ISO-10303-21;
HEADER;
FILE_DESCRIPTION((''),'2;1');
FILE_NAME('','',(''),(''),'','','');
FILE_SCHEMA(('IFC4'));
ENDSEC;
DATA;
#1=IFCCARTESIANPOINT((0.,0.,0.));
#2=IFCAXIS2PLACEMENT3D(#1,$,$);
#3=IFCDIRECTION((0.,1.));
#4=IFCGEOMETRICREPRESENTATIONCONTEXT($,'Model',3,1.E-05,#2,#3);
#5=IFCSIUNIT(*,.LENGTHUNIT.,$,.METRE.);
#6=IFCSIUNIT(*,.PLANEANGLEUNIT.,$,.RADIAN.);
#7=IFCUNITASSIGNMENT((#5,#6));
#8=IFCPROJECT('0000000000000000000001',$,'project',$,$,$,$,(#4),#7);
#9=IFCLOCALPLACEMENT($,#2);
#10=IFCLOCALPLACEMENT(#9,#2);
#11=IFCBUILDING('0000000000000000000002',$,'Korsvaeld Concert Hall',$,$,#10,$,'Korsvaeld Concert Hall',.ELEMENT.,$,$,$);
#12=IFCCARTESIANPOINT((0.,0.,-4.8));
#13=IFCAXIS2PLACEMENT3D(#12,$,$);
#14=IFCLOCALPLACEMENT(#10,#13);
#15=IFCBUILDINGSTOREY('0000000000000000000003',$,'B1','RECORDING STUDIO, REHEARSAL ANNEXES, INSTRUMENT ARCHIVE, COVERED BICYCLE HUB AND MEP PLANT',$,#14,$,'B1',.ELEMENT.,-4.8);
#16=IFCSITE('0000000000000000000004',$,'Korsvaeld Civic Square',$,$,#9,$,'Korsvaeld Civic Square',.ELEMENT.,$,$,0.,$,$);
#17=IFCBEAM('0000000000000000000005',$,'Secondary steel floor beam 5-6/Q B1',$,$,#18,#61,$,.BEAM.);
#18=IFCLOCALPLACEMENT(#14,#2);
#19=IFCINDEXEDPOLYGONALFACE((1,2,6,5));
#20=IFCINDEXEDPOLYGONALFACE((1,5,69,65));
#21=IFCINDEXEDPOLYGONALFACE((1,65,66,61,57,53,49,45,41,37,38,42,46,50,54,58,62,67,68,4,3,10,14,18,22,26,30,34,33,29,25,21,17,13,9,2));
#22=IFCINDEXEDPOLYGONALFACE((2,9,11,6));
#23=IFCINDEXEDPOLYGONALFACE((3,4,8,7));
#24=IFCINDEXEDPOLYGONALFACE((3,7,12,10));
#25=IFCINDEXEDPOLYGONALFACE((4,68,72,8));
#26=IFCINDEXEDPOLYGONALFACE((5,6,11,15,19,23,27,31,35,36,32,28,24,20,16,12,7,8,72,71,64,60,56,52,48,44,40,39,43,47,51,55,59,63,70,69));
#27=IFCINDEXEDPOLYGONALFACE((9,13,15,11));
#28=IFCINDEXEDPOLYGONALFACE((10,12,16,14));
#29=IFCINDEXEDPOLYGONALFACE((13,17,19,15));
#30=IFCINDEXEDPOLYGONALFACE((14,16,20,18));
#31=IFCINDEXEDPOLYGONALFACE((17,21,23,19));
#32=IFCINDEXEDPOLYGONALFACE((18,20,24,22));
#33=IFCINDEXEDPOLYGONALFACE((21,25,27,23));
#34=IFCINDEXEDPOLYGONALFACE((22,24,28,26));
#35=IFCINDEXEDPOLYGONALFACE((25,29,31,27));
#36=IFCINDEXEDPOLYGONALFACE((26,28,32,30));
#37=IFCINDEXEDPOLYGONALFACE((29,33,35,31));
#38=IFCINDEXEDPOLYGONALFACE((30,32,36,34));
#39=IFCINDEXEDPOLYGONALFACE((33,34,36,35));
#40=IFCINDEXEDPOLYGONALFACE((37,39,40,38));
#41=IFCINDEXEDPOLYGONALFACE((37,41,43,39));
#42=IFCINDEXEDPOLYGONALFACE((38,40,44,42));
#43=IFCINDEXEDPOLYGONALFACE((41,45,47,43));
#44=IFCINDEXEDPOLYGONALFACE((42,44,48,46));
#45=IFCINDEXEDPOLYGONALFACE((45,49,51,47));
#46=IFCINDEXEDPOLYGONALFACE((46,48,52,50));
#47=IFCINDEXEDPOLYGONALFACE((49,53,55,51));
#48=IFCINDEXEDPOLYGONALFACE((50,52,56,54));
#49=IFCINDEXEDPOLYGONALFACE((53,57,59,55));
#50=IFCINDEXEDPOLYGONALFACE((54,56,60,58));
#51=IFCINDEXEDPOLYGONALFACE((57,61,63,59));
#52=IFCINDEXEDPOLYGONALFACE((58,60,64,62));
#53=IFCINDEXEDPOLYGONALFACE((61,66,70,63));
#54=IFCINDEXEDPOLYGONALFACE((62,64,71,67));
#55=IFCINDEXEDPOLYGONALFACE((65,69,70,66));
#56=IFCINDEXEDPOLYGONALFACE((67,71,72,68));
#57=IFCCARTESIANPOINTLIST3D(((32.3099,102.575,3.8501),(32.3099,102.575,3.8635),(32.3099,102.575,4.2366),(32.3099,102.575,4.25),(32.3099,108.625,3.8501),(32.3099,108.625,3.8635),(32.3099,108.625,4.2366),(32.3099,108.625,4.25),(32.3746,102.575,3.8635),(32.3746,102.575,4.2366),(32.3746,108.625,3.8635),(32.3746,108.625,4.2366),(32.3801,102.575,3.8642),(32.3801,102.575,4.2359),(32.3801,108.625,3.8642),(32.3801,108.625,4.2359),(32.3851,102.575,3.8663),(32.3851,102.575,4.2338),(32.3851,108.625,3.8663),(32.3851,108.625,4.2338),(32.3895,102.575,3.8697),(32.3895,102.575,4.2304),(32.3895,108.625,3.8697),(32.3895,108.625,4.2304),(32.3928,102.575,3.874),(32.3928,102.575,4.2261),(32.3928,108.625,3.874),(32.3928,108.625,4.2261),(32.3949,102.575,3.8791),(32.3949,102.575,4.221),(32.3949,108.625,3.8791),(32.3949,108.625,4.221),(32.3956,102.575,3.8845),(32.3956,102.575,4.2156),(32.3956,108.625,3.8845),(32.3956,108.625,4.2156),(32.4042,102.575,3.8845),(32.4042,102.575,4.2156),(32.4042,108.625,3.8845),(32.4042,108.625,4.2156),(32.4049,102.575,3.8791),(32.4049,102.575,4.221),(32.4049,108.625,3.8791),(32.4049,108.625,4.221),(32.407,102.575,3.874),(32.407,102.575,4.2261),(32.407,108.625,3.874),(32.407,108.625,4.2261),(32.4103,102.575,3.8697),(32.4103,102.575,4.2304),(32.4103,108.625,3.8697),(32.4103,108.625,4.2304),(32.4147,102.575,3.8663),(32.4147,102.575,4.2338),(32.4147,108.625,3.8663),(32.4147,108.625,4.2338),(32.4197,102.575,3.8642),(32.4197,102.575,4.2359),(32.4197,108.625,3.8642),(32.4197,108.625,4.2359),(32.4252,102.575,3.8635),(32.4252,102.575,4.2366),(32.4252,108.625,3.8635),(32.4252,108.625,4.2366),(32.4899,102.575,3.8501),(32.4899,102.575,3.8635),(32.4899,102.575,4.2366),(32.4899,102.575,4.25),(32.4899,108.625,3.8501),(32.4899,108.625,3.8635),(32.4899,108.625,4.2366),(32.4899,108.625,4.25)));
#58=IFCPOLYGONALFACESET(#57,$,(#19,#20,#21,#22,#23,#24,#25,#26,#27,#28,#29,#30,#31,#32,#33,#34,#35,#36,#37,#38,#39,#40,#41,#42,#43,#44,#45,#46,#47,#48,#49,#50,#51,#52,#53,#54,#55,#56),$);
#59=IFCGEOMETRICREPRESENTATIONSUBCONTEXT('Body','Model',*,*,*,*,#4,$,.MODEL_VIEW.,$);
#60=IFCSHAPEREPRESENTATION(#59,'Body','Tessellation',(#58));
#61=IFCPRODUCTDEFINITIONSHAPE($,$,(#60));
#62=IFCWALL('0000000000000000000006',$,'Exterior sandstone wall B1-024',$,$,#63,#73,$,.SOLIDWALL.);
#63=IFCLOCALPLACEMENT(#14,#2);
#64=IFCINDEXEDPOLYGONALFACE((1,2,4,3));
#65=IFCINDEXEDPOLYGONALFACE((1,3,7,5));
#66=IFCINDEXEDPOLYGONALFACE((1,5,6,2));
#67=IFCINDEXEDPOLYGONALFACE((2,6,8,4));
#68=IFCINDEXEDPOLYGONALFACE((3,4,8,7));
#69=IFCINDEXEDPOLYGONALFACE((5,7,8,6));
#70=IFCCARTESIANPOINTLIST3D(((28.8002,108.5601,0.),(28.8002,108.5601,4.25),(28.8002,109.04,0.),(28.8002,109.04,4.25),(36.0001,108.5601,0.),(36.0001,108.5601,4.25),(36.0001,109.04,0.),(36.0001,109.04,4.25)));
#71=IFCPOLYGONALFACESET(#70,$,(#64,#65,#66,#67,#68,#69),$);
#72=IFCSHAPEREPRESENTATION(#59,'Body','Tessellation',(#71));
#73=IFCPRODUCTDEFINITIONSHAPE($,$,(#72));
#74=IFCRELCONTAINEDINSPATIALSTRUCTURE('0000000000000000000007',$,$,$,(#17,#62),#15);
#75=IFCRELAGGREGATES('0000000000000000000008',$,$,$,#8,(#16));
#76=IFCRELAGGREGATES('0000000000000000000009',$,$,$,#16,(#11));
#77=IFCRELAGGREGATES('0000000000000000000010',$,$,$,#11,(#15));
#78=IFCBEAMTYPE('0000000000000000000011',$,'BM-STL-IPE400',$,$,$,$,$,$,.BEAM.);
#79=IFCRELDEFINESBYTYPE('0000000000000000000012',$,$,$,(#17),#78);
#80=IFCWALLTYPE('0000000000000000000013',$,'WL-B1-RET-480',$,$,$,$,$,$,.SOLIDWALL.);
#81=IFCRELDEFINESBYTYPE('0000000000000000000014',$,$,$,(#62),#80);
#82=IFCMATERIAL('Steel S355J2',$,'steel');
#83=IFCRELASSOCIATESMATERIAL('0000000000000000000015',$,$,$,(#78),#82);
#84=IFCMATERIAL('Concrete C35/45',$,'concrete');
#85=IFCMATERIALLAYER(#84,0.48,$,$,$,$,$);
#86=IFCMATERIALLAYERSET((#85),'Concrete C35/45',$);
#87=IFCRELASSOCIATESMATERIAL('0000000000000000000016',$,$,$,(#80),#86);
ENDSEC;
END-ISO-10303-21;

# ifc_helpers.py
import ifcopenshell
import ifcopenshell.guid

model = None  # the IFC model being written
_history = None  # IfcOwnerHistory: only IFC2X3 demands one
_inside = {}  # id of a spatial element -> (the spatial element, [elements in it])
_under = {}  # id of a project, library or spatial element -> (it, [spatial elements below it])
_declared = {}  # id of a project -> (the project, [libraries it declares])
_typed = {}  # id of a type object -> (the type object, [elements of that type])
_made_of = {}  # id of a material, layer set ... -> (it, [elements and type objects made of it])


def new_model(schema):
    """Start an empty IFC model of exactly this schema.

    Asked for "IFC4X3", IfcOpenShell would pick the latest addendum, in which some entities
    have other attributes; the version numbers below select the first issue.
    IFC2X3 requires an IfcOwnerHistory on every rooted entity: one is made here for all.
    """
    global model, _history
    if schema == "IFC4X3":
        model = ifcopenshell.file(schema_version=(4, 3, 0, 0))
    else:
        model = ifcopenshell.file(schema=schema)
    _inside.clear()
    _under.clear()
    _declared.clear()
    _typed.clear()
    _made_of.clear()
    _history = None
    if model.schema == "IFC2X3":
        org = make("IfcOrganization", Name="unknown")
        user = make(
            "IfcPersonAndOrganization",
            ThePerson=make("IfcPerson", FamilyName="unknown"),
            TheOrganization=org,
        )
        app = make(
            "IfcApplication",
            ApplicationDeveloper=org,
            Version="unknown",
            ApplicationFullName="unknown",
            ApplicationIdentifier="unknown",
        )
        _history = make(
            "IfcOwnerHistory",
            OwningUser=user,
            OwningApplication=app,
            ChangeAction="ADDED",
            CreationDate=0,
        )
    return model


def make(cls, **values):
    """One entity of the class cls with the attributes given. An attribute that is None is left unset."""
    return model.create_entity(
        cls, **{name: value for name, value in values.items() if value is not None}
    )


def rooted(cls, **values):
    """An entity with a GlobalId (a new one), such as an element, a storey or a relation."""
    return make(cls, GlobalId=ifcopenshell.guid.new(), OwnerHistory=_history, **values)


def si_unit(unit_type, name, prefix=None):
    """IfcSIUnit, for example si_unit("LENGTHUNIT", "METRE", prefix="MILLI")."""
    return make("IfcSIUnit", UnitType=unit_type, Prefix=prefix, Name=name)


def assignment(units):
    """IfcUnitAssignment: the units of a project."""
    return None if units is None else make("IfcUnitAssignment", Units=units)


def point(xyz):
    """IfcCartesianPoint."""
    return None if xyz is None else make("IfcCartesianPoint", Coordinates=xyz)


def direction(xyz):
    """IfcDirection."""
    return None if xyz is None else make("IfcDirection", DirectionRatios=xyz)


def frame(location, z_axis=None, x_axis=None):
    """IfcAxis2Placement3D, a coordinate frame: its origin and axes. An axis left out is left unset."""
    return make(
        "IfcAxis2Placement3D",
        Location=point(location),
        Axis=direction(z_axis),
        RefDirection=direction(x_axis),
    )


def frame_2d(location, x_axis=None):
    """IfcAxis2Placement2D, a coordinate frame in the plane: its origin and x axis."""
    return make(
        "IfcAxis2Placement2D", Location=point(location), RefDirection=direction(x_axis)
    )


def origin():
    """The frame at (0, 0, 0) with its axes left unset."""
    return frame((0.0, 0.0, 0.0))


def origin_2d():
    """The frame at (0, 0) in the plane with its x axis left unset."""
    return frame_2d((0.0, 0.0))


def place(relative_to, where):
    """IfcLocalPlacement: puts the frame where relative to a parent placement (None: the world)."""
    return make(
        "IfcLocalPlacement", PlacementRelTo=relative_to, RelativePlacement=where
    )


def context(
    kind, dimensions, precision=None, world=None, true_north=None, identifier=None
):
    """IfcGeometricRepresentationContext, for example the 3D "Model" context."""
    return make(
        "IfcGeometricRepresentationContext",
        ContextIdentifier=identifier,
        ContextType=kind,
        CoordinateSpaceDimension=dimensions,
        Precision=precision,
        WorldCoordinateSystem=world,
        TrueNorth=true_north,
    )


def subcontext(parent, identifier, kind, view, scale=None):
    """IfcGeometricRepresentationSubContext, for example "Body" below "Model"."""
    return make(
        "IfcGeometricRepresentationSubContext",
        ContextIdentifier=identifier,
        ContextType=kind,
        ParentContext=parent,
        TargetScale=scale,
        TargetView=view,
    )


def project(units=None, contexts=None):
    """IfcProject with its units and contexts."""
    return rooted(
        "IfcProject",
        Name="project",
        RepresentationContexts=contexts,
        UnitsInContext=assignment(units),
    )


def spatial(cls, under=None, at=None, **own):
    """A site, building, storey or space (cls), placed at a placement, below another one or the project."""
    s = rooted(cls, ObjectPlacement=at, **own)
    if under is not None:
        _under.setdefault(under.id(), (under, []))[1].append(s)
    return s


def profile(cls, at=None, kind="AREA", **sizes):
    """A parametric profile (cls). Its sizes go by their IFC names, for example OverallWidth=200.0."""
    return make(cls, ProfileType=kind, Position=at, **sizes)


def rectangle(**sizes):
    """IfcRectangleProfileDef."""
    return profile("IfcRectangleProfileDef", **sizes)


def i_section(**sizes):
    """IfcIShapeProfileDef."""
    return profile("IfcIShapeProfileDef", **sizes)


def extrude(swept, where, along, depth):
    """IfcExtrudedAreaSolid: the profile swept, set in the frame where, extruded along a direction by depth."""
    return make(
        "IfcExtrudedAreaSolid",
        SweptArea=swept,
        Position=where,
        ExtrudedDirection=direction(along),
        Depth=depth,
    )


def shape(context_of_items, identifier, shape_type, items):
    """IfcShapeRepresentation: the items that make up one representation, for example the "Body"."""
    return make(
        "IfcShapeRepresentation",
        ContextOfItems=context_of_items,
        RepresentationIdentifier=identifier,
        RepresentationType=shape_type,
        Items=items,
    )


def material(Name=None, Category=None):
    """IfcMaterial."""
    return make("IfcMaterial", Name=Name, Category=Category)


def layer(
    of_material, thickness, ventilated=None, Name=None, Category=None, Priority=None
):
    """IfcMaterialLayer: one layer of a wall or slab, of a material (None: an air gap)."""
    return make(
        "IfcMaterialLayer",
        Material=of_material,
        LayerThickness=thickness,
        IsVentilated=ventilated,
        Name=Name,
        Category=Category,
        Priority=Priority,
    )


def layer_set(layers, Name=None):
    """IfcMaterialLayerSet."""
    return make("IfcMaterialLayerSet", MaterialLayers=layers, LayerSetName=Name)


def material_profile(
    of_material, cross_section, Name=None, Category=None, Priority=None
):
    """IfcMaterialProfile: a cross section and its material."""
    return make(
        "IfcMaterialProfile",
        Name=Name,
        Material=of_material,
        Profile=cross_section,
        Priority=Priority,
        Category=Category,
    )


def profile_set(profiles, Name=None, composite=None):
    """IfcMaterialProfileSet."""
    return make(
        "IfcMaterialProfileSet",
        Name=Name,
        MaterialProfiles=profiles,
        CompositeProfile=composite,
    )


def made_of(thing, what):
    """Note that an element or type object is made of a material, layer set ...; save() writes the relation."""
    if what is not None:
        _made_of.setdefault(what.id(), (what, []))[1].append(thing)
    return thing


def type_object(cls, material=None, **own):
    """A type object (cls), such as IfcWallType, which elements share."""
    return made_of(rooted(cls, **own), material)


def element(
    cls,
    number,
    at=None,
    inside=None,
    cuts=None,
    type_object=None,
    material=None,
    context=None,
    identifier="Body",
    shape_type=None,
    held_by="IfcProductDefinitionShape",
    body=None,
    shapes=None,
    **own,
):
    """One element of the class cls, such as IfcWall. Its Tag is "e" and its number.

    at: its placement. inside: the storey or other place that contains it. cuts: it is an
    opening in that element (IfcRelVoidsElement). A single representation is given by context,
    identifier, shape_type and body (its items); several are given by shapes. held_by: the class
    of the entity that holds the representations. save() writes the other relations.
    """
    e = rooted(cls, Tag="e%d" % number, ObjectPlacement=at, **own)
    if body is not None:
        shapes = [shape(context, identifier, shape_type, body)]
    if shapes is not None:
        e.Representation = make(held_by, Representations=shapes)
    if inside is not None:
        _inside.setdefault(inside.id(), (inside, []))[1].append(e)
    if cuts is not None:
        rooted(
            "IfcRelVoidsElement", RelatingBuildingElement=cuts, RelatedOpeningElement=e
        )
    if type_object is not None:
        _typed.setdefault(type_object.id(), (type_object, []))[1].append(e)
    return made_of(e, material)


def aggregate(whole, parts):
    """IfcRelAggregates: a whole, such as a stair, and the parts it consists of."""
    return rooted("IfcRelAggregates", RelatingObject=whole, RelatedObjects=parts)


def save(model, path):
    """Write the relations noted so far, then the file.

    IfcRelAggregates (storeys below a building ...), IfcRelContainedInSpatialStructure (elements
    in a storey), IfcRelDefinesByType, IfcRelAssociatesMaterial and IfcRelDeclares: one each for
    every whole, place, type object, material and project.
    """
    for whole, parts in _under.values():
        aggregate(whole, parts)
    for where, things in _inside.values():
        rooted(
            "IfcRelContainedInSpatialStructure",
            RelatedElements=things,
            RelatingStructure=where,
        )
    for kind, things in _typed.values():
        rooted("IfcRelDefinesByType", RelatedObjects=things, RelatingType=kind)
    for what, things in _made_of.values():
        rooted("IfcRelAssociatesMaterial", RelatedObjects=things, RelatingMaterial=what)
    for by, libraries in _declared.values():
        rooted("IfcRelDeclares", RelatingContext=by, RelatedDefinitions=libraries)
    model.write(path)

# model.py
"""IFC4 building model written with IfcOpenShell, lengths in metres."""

from ifc_helpers import new_model, si_unit, direction, frame, frame_2d, origin, origin_2d, place, context, subcontext, project, spatial, rectangle, i_section, extrude, material, layer, layer_set, material_profile, profile_set, type_object, element, save


model = new_model("IFC4")

# Units and contexts
model_context = context("Model", 3, precision=1e-05, world=origin(), true_north=direction((0.0, 1.0)))
body_context = subcontext(model_context, "Body", "Model", "MODEL_VIEW")
ifc_project = project(units=[si_unit("LENGTHUNIT", "METRE"), si_unit("PLANEANGLEUNIT", "RADIAN")], contexts=[model_context])

# Site, building, storey
site_placement = place(None, origin())
site = spatial("IfcSite", under=ifc_project, at=site_placement, Name="Korsvaeld Civic Square", LongName="Korsvaeld Civic Square", CompositionType="ELEMENT", RefElevation=0.0)
building_placement = place(site_placement, origin())
building = spatial("IfcBuilding", under=site, at=building_placement, Name="Korsvaeld Concert Hall", LongName="Korsvaeld Concert Hall", CompositionType="ELEMENT")
storey_placement = place(building_placement, frame((0.0, 0.0, -4.8)))
storey = spatial("IfcBuildingStorey", under=building, at=storey_placement, Name="B1", Description="RECORDING STUDIO, REHEARSAL ANNEXES, INSTRUMENT ARCHIVE, COVERED BICYCLE HUB AND MEP PLANT", LongName="B1", CompositionType="ELEMENT", Elevation=-4.8)

# Shared definitions
ifc_material_1 = material(Name="Concrete C35/45", Category="concrete")

# Beam
ifc_material_2 = material(Name="Steel S355J2", Category="steel")
ifc_material_profile_1 = material_profile(ifc_material_2, i_section(OverallWidth=0.1799, OverallDepth=0.3999, WebThickness=0.0085, FlangeThickness=0.0134, FilletRadius=0.021, at=origin_2d()), Name="IPE 400")
ifc_profile_set_1 = profile_set([ifc_material_profile_1], Name="Steel S355J2")
beam_type_1 = type_object("IfcBeamType", Name="BM-STL-IPE400", PredefinedType="BEAM", material=ifc_profile_set_1)
beam_1_placement = place(storey_placement, frame((32.3999, 102.575, 4.05), z_axis=(0.0, 1.0, 0.0), x_axis=(-1.0, 0.0, 0.0)))
element("IfcBeam", 1, at=beam_1_placement, inside=storey, type_object=beam_type_1, Name="Secondary steel floor beam 5-6/Q B1", PredefinedType="BEAM", context=body_context, shape_type="SweptSolid", body=[
    extrude(i_section(OverallWidth=0.1799, OverallDepth=0.3999, WebThickness=0.0085, FlangeThickness=0.0134, FilletRadius=0.021, at=origin_2d()), origin(), (0.0, 0.0, 1.0), 6.05),
])

# Wall
ifc_layer = layer(ifc_material_1, 0.48)
ifc_layer_set = layer_set([ifc_layer], Name="Concrete C35/45")
wall_type = type_object("IfcWallType", Name="WL-B1-RET-480", PredefinedType="SOLIDWALL", material=ifc_layer_set)
wall_placement = place(storey_placement, frame((28.8, 108.8, 0.0), z_axis=(0.0, 0.0, 1.0), x_axis=(1.0, 0.0, 0.0)))
element("IfcWall", 2, at=wall_placement, inside=storey, type_object=wall_type, Name="Exterior sandstone wall B1-024", PredefinedType="SOLIDWALL", context=body_context, shape_type="SweptSolid", body=[
    extrude(rectangle(XDim=7.2, YDim=0.48, at=frame_2d((3.6001, 0.0))), origin(), (0.0, 0.0, 1.0), 4.25),
])

save(model, "model.ifc")
